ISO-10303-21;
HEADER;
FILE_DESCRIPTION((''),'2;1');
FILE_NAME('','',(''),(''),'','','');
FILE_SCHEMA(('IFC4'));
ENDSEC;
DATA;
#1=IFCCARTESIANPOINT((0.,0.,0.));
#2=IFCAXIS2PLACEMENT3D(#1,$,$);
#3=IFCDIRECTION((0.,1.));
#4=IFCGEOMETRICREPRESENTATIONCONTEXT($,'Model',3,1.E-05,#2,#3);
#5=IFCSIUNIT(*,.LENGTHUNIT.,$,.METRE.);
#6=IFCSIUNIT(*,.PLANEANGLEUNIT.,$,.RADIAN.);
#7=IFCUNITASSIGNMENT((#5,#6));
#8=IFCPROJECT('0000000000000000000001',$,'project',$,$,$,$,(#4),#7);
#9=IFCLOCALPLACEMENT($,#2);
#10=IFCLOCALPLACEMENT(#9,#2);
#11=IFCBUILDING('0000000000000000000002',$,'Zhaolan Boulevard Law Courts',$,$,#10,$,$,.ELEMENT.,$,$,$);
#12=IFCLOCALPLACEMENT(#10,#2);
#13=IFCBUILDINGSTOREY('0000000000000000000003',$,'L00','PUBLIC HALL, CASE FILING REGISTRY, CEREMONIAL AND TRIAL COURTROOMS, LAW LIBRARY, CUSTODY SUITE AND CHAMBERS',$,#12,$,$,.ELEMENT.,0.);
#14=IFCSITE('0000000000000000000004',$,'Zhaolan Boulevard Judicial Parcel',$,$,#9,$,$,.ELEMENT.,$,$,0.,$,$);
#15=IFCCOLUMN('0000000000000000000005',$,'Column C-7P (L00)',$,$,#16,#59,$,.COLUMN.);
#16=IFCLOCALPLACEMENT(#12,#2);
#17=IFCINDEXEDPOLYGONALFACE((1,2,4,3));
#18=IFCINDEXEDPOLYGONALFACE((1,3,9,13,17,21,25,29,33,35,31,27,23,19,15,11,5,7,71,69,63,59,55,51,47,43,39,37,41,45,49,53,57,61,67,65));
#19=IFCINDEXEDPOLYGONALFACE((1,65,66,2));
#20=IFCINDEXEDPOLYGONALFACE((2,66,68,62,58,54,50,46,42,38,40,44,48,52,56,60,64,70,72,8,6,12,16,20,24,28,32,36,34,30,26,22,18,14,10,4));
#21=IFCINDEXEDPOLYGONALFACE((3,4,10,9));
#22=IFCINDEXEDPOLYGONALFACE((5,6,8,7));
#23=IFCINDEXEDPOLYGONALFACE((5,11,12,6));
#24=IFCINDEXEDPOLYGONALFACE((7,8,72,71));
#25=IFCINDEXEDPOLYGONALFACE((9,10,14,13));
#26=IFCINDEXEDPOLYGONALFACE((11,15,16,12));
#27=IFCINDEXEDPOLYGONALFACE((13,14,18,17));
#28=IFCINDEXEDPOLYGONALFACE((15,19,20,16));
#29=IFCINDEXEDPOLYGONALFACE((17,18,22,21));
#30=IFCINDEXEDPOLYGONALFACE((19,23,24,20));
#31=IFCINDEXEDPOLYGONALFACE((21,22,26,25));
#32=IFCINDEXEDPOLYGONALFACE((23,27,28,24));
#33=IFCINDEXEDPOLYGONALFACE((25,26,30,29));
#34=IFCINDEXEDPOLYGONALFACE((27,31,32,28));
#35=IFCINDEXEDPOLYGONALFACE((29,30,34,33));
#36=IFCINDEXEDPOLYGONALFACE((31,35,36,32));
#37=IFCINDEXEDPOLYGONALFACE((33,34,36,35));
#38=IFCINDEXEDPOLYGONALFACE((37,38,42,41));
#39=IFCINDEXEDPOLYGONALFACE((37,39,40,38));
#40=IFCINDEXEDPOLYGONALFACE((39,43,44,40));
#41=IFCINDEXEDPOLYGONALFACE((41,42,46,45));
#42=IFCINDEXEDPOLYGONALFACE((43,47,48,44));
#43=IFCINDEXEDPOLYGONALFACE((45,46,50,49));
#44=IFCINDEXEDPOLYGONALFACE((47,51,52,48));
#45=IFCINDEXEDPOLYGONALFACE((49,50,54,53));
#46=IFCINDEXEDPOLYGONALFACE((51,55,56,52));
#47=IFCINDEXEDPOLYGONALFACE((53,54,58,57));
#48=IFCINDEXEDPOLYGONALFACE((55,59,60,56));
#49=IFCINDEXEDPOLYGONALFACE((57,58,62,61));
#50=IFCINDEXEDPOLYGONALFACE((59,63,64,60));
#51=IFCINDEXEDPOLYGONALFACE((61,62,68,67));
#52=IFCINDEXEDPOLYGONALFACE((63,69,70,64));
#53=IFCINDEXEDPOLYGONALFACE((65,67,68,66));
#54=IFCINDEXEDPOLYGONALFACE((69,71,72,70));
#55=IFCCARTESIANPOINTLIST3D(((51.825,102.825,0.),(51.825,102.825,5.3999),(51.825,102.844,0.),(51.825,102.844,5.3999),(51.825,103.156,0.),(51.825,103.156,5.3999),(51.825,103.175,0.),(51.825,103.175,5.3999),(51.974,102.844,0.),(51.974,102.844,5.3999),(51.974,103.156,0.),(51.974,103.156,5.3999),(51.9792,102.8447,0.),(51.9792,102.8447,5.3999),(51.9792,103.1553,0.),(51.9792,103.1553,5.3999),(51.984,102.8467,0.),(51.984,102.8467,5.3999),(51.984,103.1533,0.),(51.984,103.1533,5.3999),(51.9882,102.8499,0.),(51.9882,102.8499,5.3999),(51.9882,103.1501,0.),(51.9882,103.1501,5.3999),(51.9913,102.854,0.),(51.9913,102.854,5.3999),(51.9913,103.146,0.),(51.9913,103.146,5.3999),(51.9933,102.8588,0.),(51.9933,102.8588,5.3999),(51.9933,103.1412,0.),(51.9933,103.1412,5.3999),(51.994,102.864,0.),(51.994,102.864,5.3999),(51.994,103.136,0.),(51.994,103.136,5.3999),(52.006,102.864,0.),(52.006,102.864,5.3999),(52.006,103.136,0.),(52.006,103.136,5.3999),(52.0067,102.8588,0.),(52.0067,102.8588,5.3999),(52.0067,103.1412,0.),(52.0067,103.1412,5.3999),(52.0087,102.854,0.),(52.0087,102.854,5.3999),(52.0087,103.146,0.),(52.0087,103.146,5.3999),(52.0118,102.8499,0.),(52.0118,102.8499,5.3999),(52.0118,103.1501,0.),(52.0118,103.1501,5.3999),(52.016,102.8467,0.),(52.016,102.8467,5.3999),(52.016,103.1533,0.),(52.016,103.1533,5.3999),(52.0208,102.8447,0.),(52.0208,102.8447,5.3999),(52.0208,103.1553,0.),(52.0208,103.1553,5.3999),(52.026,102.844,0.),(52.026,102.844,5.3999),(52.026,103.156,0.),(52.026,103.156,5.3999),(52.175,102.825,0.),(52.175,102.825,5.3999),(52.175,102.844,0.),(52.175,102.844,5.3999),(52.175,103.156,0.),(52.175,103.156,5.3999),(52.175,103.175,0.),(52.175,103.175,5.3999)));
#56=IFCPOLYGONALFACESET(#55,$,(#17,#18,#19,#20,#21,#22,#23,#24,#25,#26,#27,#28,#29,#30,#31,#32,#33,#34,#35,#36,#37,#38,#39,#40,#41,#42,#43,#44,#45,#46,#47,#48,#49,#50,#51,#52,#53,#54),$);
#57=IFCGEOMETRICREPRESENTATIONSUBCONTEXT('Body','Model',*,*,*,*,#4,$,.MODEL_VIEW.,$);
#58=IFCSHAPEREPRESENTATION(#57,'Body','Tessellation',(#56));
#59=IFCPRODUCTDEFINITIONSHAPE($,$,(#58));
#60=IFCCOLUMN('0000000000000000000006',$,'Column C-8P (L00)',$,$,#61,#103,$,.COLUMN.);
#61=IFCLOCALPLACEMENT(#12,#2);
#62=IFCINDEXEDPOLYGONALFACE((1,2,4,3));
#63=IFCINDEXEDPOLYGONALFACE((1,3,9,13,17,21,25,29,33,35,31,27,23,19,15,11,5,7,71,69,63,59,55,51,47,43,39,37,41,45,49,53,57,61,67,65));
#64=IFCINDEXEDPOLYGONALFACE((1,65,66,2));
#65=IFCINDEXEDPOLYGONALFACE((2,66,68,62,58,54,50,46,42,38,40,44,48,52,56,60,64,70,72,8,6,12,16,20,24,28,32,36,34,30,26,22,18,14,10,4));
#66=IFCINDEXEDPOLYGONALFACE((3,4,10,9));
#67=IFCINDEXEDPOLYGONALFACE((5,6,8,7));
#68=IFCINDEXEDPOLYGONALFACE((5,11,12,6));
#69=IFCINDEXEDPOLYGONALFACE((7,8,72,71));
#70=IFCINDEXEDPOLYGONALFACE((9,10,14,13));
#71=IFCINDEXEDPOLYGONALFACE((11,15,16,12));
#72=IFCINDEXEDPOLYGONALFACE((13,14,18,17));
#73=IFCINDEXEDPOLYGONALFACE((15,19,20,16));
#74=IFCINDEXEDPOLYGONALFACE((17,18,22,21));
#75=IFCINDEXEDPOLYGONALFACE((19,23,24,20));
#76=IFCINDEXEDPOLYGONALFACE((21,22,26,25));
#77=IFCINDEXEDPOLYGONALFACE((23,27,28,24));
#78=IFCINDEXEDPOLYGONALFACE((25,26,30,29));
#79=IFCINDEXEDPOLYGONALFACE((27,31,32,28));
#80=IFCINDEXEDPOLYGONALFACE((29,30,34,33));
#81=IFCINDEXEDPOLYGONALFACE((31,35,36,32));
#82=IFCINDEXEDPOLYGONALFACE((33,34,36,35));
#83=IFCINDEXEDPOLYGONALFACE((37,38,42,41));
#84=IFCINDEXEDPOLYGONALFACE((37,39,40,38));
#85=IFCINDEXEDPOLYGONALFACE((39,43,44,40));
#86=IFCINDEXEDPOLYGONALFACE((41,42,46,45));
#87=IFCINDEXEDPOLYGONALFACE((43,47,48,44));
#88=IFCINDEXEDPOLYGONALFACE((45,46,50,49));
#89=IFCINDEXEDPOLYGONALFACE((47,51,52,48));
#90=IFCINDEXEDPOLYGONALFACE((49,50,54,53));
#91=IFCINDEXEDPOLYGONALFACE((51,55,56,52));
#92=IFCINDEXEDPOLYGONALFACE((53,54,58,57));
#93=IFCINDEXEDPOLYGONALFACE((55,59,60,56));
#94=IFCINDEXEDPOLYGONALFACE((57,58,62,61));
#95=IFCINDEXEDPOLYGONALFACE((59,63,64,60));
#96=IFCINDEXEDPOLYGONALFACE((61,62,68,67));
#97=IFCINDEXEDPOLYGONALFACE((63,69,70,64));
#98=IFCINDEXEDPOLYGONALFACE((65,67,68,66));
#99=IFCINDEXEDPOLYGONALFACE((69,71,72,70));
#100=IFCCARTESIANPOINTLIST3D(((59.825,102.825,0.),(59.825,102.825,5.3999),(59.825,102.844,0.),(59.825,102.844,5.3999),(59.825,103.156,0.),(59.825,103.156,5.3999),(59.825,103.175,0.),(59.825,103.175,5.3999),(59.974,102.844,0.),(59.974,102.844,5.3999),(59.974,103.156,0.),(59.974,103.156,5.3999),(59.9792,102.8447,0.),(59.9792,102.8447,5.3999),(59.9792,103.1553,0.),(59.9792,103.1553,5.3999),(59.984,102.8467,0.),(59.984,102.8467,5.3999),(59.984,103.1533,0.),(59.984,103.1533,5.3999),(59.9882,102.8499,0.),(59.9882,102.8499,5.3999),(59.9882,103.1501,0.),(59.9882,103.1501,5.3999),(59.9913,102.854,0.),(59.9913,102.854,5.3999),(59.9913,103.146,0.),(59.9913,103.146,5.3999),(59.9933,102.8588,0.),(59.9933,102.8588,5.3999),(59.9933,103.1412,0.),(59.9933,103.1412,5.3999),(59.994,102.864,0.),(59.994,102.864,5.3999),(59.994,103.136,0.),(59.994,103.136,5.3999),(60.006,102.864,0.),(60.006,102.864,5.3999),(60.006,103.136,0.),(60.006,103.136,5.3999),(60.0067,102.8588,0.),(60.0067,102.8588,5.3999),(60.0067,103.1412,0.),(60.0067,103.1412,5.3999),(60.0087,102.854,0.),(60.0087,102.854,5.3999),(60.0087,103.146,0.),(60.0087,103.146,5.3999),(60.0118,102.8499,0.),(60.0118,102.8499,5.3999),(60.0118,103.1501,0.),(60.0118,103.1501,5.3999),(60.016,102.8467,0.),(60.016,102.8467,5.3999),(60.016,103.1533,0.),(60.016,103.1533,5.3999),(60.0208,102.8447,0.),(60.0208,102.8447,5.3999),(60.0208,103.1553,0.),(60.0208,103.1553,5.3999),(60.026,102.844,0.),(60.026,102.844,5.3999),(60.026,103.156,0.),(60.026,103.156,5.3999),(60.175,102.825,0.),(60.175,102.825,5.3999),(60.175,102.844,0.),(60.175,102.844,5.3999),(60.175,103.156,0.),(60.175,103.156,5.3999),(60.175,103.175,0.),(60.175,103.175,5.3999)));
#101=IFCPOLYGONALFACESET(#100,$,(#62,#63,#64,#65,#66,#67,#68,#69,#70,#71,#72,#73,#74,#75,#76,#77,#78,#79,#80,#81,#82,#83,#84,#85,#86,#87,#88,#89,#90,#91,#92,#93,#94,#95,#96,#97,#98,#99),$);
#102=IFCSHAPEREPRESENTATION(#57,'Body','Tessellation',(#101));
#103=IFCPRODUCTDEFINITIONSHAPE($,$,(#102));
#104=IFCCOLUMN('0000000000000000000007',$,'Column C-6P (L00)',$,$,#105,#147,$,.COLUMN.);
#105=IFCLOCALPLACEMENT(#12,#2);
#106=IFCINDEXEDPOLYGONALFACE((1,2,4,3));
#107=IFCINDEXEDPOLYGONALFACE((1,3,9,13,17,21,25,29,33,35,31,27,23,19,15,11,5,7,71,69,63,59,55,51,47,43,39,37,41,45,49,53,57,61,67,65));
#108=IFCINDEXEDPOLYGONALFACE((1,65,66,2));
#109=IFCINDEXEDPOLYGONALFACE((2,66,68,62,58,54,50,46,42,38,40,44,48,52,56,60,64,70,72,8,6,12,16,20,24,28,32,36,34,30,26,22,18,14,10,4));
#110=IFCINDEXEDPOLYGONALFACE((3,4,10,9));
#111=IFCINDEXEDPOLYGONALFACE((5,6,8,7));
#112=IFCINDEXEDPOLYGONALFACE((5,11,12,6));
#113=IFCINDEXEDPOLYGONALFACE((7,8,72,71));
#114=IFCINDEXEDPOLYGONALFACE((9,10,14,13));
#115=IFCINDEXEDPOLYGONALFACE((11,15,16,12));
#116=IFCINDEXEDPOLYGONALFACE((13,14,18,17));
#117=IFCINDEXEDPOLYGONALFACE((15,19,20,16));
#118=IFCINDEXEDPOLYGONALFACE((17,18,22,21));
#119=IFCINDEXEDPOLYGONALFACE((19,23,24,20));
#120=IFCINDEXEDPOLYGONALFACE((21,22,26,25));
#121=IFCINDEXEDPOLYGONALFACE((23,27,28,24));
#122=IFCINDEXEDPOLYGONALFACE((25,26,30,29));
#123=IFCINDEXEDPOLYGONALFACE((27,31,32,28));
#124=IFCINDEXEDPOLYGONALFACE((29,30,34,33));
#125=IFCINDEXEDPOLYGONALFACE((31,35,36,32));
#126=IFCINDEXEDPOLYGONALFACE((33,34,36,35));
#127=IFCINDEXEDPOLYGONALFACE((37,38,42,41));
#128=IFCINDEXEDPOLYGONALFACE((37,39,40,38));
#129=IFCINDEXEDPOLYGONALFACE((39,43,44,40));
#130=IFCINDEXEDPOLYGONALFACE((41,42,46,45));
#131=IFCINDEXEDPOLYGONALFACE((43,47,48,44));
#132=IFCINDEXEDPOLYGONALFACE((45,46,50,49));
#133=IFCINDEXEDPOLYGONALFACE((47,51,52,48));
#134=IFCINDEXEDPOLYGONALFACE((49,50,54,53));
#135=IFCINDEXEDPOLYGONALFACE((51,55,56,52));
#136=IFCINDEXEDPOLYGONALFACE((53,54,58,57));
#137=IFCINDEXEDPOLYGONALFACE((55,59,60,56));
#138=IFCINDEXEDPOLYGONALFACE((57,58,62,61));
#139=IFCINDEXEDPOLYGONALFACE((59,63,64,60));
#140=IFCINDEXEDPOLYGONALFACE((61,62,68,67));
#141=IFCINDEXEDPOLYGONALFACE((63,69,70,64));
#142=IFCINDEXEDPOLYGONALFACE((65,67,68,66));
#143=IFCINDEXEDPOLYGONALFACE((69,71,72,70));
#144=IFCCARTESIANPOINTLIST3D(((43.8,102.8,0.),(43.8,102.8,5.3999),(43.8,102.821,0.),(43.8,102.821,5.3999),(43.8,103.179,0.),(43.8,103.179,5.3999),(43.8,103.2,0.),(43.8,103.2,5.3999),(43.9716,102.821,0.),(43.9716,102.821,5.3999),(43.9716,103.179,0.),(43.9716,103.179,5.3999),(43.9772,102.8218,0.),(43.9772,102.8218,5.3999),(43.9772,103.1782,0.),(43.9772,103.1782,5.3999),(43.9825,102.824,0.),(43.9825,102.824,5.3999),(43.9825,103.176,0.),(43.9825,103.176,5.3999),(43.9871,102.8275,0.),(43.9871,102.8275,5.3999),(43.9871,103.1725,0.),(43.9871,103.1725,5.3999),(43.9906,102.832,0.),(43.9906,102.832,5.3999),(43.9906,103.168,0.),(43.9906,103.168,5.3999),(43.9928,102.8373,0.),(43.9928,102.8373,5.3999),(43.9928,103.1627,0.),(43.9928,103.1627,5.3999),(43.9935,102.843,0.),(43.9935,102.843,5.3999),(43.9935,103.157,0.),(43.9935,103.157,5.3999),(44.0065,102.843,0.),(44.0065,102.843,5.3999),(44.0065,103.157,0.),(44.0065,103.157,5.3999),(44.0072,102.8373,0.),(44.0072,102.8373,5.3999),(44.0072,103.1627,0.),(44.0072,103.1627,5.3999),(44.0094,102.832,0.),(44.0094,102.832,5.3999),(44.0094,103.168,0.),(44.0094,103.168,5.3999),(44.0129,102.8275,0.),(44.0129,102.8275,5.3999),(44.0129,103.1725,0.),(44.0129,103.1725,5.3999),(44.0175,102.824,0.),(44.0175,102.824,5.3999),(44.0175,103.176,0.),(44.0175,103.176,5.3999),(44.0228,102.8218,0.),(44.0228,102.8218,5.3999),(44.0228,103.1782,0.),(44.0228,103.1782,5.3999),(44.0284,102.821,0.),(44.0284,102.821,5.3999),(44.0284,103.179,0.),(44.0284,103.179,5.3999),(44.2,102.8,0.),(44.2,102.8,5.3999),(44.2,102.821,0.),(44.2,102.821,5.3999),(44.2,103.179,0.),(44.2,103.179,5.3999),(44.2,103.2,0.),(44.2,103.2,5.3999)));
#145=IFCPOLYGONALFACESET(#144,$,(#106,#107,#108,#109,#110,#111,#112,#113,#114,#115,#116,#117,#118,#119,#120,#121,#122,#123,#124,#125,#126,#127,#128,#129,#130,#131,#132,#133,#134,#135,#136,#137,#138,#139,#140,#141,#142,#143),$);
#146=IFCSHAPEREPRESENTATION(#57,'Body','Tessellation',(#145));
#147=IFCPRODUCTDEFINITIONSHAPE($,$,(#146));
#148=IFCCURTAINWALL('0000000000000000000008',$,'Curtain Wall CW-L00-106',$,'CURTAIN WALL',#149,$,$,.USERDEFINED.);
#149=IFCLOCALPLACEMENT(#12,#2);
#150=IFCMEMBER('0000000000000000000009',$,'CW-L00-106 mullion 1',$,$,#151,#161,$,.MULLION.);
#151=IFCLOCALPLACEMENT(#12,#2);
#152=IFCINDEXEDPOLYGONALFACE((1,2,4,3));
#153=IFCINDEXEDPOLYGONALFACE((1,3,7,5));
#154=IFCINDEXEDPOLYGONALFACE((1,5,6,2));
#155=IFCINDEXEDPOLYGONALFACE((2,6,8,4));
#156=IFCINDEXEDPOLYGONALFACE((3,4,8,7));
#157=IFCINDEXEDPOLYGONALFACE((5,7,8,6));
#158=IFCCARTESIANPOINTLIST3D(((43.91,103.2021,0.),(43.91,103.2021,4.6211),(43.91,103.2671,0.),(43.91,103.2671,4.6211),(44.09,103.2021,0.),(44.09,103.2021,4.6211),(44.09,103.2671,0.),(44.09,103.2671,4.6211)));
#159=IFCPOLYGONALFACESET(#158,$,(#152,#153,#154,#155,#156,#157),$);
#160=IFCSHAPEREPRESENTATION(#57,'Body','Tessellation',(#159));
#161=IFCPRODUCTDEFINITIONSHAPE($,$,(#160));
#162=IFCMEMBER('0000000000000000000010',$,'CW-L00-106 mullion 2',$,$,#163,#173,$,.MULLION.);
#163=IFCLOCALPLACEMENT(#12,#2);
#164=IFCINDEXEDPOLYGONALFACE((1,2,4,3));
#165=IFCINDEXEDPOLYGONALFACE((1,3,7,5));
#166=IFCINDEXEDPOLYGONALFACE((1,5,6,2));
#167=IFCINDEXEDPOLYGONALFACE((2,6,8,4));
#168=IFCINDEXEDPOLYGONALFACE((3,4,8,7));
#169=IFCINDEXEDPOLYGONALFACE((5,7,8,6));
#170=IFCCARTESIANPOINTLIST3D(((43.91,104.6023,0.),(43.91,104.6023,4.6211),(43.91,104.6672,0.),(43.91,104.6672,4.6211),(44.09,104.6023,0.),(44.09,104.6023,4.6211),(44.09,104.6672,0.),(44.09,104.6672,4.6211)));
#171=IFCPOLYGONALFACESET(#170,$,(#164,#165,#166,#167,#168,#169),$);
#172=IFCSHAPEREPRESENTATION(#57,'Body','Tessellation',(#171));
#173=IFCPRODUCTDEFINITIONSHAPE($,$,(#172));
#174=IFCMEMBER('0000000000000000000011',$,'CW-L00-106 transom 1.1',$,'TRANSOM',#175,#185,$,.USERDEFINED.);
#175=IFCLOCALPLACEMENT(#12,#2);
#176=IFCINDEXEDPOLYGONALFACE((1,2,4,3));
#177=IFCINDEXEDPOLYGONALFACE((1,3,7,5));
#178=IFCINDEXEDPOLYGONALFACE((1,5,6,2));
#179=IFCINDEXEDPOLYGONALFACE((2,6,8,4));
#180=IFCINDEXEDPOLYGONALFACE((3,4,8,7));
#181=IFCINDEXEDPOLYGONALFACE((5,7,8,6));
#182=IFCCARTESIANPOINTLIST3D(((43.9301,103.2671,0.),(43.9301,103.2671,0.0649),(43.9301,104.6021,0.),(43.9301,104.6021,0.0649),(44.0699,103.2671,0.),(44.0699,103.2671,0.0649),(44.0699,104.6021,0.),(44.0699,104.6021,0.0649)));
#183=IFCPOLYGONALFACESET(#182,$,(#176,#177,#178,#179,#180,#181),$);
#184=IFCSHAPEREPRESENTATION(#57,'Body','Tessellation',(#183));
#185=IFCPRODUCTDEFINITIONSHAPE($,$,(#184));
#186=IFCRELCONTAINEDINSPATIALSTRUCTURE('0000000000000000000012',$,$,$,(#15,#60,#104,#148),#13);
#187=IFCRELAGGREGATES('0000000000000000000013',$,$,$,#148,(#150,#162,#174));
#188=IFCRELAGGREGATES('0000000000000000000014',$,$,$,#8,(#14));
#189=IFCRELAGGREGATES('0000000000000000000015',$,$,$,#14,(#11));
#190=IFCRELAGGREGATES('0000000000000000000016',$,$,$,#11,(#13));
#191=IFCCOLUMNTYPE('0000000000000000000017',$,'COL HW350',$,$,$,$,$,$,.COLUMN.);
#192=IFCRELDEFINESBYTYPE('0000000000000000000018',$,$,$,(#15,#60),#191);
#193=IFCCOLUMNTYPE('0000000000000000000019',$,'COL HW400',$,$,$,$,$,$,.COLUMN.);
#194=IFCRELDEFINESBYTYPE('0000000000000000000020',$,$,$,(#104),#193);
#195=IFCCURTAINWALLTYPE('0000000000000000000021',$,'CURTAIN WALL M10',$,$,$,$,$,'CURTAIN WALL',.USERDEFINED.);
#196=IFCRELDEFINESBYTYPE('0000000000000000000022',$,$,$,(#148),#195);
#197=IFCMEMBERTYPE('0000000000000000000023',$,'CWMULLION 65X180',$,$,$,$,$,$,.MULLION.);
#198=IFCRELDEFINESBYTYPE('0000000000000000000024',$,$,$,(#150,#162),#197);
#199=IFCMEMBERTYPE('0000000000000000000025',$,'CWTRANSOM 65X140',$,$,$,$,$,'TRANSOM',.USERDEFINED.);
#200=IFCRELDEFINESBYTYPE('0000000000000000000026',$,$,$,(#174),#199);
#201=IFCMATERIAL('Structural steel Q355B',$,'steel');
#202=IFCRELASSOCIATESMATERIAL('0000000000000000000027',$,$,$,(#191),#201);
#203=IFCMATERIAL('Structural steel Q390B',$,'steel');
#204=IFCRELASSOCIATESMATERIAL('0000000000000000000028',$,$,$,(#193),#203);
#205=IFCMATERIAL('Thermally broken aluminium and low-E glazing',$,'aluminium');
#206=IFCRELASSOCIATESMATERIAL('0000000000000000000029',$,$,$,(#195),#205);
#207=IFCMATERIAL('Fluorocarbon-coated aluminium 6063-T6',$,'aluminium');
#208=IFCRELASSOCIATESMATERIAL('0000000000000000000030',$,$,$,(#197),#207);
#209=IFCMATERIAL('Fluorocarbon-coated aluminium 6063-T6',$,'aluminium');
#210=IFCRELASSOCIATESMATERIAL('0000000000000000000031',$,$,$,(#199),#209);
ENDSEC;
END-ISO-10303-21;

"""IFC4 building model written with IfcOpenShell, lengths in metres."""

from ifc_helpers import new_model, si_unit, direction, frame, origin, origin_2d, place, context, subcontext, project, spatial, rectangle, i_section, extrude, material, material_profile, profile_set, type_object, element, aggregate, save


model = new_model("IFC4")

# Units and contexts
model_context = context("Model", 3, precision=1e-05, world=origin(), true_north=direction((0.0, 1.0)))
body_context = subcontext(model_context, "Body", "Model", "MODEL_VIEW")
ifc_project = project(units=[si_unit("LENGTHUNIT", "METRE"), si_unit("PLANEANGLEUNIT", "RADIAN")], contexts=[model_context])

# Site, building, storey
site_placement = place(None, origin())
site = spatial("IfcSite", under=ifc_project, at=site_placement, Name="Zhaolan Boulevard Judicial Parcel", CompositionType="ELEMENT", RefElevation=0.0)
building_placement = place(site_placement, origin())
building = spatial("IfcBuilding", under=site, at=building_placement, Name="Zhaolan Boulevard Law Courts", CompositionType="ELEMENT")
storey_placement = place(building_placement, origin())
storey = spatial("IfcBuildingStorey", under=building, at=storey_placement, Name="L00", Description="PUBLIC HALL, CASE FILING REGISTRY, CEREMONIAL AND TRIAL COURTROOMS, LAW LIBRARY, CUSTODY SUITE AND CHAMBERS", CompositionType="ELEMENT", Elevation=0.0)

# Columns
ifc_material_1 = material(Name="Structural steel Q355B", Category="steel")
ifc_material_profile_1 = material_profile(ifc_material_1, i_section(OverallWidth=0.3501, OverallDepth=0.3501, WebThickness=0.012, FlangeThickness=0.019, FilletRadius=0.02, at=origin_2d()), Name="HW350x350")
ifc_profile_set_1 = profile_set([ifc_material_profile_1], Name="Structural steel Q355B")
column_type_1 = type_object("IfcColumnType", Name="COL HW350", PredefinedType="COLUMN", material=ifc_profile_set_1)
for number, where, z_axis, x_axis, name in (
    (1, (52.0, 103.0, 0.0), (0.0, 0.0, 1.0), (1.0, 0.0, 0.0), "Column C-7P (L00)"),
    (2, (60.0, 103.0, 0.0), (0.0, 0.0, 1.0), (1.0, 0.0, 0.0), "Column C-8P (L00)"),
):
    element("IfcColumn", number, at=place(storey_placement, frame(where, z_axis=z_axis, x_axis=x_axis)), inside=storey, type_object=column_type_1, Name=name, PredefinedType="COLUMN", context=body_context, shape_type="SweptSolid", body=[
        extrude(i_section(OverallWidth=0.3501, OverallDepth=0.3501, WebThickness=0.012, FlangeThickness=0.019, FilletRadius=0.02, at=origin_2d()), origin(), (0.0, 0.0, 1.0), 5.3999),
    ])
ifc_material_2 = material(Name="Structural steel Q390B", Category="steel")
ifc_material_profile_2 = material_profile(ifc_material_2, i_section(OverallWidth=0.3999, OverallDepth=0.3999, WebThickness=0.0129, FlangeThickness=0.021, FilletRadius=0.022, at=origin_2d()), Name="HW400x400")
ifc_profile_set_2 = profile_set([ifc_material_profile_2], Name="Structural steel Q390B")
column_type_2 = type_object("IfcColumnType", Name="COL HW400", PredefinedType="COLUMN", material=ifc_profile_set_2)
column_placement = place(storey_placement, frame((44.0, 103.0, 0.0), z_axis=(0.0, 0.0, 1.0), x_axis=(1.0, 0.0, 0.0)))
element("IfcColumn", 3, at=column_placement, inside=storey, type_object=column_type_2, Name="Column C-6P (L00)", PredefinedType="COLUMN", context=body_context, shape_type="SweptSolid", body=[
    extrude(i_section(OverallWidth=0.3999, OverallDepth=0.3999, WebThickness=0.0129, FlangeThickness=0.021, FilletRadius=0.022, at=origin_2d()), origin(), (0.0, 0.0, 1.0), 5.3999),
])

# Curtain wall, members
ifc_material_3 = material(Name="Thermally broken aluminium and low-E glazing", Category="aluminium")
curtain_wall_type = type_object("IfcCurtainWallType", Name="CURTAIN WALL M10", ElementType="CURTAIN WALL", PredefinedType="USERDEFINED", material=ifc_material_3)
curtain_wall_placement = place(storey_placement, origin())
curtain_wall = element("IfcCurtainWall", 4, at=curtain_wall_placement, inside=storey, type_object=curtain_wall_type, Name="Curtain Wall CW-L00-106", ObjectType="CURTAIN WALL", PredefinedType="USERDEFINED")
ifc_material_4 = material(Name="Fluorocarbon-coated aluminium 6063-T6", Category="aluminium")
ifc_material_profile_3 = material_profile(ifc_material_4, rectangle(XDim=0.1799, YDim=0.0649, at=origin_2d()), Name="AL65x180")
ifc_profile_set_3 = profile_set([ifc_material_profile_3], Name="Fluorocarbon-coated aluminium 6063-T6")
member_type_1 = type_object("IfcMemberType", Name="CWMULLION 65X180", PredefinedType="MULLION", material=ifc_profile_set_3)
member_1_placement = place(storey_placement, frame((44.0, 103.2346, 0.0), z_axis=(0.0, 0.0, 1.0), x_axis=(-1.0, 0.0, 0.0)))
member_1 = element("IfcMember", 5, at=member_1_placement, type_object=member_type_1, Name="CW-L00-106 mullion 1", PredefinedType="MULLION", context=body_context, shape_type="SweptSolid", body=[
    extrude(rectangle(XDim=0.1799, YDim=0.0649, at=origin_2d()), origin(), (0.0, 0.0, 1.0), 4.6211),
])
member_2_placement = place(storey_placement, frame((44.0, 104.6348, 0.0), z_axis=(0.0, 0.0, 1.0), x_axis=(-1.0, 0.0, 0.0)))
member_2 = element("IfcMember", 6, at=member_2_placement, type_object=member_type_1, Name="CW-L00-106 mullion 2", PredefinedType="MULLION", context=body_context, shape_type="SweptSolid", body=[
    extrude(rectangle(XDim=0.1799, YDim=0.0649, at=origin_2d()), origin(), (0.0, 0.0, 1.0), 4.6211),
])
ifc_material_5 = material(Name="Fluorocarbon-coated aluminium 6063-T6", Category="aluminium")
ifc_material_profile_4 = material_profile(ifc_material_5, rectangle(XDim=0.1399, YDim=0.0649, at=origin_2d()), Name="AL65x140")
ifc_profile_set_4 = profile_set([ifc_material_profile_4], Name="Fluorocarbon-coated aluminium 6063-T6")
member_type_2 = type_object("IfcMemberType", Name="CWTRANSOM 65X140", ElementType="TRANSOM", PredefinedType="USERDEFINED", material=ifc_profile_set_4)
member_3_placement = place(storey_placement, frame((44.0, 103.2671, 0.0325), z_axis=(0.0, 1.0, 0.0), x_axis=(-1.0, 0.0, 0.0)))
member_3 = element("IfcMember", 7, at=member_3_placement, type_object=member_type_2, Name="CW-L00-106 transom 1.1", ObjectType="TRANSOM", PredefinedType="USERDEFINED", context=body_context, shape_type="SweptSolid", body=[
    extrude(rectangle(XDim=0.1399, YDim=0.0649, at=origin_2d()), origin(), (0.0, 0.0, 1.0), 1.335),
])

aggregate(curtain_wall, [member_1, member_2, member_3])

save(model, "model.ifc")
